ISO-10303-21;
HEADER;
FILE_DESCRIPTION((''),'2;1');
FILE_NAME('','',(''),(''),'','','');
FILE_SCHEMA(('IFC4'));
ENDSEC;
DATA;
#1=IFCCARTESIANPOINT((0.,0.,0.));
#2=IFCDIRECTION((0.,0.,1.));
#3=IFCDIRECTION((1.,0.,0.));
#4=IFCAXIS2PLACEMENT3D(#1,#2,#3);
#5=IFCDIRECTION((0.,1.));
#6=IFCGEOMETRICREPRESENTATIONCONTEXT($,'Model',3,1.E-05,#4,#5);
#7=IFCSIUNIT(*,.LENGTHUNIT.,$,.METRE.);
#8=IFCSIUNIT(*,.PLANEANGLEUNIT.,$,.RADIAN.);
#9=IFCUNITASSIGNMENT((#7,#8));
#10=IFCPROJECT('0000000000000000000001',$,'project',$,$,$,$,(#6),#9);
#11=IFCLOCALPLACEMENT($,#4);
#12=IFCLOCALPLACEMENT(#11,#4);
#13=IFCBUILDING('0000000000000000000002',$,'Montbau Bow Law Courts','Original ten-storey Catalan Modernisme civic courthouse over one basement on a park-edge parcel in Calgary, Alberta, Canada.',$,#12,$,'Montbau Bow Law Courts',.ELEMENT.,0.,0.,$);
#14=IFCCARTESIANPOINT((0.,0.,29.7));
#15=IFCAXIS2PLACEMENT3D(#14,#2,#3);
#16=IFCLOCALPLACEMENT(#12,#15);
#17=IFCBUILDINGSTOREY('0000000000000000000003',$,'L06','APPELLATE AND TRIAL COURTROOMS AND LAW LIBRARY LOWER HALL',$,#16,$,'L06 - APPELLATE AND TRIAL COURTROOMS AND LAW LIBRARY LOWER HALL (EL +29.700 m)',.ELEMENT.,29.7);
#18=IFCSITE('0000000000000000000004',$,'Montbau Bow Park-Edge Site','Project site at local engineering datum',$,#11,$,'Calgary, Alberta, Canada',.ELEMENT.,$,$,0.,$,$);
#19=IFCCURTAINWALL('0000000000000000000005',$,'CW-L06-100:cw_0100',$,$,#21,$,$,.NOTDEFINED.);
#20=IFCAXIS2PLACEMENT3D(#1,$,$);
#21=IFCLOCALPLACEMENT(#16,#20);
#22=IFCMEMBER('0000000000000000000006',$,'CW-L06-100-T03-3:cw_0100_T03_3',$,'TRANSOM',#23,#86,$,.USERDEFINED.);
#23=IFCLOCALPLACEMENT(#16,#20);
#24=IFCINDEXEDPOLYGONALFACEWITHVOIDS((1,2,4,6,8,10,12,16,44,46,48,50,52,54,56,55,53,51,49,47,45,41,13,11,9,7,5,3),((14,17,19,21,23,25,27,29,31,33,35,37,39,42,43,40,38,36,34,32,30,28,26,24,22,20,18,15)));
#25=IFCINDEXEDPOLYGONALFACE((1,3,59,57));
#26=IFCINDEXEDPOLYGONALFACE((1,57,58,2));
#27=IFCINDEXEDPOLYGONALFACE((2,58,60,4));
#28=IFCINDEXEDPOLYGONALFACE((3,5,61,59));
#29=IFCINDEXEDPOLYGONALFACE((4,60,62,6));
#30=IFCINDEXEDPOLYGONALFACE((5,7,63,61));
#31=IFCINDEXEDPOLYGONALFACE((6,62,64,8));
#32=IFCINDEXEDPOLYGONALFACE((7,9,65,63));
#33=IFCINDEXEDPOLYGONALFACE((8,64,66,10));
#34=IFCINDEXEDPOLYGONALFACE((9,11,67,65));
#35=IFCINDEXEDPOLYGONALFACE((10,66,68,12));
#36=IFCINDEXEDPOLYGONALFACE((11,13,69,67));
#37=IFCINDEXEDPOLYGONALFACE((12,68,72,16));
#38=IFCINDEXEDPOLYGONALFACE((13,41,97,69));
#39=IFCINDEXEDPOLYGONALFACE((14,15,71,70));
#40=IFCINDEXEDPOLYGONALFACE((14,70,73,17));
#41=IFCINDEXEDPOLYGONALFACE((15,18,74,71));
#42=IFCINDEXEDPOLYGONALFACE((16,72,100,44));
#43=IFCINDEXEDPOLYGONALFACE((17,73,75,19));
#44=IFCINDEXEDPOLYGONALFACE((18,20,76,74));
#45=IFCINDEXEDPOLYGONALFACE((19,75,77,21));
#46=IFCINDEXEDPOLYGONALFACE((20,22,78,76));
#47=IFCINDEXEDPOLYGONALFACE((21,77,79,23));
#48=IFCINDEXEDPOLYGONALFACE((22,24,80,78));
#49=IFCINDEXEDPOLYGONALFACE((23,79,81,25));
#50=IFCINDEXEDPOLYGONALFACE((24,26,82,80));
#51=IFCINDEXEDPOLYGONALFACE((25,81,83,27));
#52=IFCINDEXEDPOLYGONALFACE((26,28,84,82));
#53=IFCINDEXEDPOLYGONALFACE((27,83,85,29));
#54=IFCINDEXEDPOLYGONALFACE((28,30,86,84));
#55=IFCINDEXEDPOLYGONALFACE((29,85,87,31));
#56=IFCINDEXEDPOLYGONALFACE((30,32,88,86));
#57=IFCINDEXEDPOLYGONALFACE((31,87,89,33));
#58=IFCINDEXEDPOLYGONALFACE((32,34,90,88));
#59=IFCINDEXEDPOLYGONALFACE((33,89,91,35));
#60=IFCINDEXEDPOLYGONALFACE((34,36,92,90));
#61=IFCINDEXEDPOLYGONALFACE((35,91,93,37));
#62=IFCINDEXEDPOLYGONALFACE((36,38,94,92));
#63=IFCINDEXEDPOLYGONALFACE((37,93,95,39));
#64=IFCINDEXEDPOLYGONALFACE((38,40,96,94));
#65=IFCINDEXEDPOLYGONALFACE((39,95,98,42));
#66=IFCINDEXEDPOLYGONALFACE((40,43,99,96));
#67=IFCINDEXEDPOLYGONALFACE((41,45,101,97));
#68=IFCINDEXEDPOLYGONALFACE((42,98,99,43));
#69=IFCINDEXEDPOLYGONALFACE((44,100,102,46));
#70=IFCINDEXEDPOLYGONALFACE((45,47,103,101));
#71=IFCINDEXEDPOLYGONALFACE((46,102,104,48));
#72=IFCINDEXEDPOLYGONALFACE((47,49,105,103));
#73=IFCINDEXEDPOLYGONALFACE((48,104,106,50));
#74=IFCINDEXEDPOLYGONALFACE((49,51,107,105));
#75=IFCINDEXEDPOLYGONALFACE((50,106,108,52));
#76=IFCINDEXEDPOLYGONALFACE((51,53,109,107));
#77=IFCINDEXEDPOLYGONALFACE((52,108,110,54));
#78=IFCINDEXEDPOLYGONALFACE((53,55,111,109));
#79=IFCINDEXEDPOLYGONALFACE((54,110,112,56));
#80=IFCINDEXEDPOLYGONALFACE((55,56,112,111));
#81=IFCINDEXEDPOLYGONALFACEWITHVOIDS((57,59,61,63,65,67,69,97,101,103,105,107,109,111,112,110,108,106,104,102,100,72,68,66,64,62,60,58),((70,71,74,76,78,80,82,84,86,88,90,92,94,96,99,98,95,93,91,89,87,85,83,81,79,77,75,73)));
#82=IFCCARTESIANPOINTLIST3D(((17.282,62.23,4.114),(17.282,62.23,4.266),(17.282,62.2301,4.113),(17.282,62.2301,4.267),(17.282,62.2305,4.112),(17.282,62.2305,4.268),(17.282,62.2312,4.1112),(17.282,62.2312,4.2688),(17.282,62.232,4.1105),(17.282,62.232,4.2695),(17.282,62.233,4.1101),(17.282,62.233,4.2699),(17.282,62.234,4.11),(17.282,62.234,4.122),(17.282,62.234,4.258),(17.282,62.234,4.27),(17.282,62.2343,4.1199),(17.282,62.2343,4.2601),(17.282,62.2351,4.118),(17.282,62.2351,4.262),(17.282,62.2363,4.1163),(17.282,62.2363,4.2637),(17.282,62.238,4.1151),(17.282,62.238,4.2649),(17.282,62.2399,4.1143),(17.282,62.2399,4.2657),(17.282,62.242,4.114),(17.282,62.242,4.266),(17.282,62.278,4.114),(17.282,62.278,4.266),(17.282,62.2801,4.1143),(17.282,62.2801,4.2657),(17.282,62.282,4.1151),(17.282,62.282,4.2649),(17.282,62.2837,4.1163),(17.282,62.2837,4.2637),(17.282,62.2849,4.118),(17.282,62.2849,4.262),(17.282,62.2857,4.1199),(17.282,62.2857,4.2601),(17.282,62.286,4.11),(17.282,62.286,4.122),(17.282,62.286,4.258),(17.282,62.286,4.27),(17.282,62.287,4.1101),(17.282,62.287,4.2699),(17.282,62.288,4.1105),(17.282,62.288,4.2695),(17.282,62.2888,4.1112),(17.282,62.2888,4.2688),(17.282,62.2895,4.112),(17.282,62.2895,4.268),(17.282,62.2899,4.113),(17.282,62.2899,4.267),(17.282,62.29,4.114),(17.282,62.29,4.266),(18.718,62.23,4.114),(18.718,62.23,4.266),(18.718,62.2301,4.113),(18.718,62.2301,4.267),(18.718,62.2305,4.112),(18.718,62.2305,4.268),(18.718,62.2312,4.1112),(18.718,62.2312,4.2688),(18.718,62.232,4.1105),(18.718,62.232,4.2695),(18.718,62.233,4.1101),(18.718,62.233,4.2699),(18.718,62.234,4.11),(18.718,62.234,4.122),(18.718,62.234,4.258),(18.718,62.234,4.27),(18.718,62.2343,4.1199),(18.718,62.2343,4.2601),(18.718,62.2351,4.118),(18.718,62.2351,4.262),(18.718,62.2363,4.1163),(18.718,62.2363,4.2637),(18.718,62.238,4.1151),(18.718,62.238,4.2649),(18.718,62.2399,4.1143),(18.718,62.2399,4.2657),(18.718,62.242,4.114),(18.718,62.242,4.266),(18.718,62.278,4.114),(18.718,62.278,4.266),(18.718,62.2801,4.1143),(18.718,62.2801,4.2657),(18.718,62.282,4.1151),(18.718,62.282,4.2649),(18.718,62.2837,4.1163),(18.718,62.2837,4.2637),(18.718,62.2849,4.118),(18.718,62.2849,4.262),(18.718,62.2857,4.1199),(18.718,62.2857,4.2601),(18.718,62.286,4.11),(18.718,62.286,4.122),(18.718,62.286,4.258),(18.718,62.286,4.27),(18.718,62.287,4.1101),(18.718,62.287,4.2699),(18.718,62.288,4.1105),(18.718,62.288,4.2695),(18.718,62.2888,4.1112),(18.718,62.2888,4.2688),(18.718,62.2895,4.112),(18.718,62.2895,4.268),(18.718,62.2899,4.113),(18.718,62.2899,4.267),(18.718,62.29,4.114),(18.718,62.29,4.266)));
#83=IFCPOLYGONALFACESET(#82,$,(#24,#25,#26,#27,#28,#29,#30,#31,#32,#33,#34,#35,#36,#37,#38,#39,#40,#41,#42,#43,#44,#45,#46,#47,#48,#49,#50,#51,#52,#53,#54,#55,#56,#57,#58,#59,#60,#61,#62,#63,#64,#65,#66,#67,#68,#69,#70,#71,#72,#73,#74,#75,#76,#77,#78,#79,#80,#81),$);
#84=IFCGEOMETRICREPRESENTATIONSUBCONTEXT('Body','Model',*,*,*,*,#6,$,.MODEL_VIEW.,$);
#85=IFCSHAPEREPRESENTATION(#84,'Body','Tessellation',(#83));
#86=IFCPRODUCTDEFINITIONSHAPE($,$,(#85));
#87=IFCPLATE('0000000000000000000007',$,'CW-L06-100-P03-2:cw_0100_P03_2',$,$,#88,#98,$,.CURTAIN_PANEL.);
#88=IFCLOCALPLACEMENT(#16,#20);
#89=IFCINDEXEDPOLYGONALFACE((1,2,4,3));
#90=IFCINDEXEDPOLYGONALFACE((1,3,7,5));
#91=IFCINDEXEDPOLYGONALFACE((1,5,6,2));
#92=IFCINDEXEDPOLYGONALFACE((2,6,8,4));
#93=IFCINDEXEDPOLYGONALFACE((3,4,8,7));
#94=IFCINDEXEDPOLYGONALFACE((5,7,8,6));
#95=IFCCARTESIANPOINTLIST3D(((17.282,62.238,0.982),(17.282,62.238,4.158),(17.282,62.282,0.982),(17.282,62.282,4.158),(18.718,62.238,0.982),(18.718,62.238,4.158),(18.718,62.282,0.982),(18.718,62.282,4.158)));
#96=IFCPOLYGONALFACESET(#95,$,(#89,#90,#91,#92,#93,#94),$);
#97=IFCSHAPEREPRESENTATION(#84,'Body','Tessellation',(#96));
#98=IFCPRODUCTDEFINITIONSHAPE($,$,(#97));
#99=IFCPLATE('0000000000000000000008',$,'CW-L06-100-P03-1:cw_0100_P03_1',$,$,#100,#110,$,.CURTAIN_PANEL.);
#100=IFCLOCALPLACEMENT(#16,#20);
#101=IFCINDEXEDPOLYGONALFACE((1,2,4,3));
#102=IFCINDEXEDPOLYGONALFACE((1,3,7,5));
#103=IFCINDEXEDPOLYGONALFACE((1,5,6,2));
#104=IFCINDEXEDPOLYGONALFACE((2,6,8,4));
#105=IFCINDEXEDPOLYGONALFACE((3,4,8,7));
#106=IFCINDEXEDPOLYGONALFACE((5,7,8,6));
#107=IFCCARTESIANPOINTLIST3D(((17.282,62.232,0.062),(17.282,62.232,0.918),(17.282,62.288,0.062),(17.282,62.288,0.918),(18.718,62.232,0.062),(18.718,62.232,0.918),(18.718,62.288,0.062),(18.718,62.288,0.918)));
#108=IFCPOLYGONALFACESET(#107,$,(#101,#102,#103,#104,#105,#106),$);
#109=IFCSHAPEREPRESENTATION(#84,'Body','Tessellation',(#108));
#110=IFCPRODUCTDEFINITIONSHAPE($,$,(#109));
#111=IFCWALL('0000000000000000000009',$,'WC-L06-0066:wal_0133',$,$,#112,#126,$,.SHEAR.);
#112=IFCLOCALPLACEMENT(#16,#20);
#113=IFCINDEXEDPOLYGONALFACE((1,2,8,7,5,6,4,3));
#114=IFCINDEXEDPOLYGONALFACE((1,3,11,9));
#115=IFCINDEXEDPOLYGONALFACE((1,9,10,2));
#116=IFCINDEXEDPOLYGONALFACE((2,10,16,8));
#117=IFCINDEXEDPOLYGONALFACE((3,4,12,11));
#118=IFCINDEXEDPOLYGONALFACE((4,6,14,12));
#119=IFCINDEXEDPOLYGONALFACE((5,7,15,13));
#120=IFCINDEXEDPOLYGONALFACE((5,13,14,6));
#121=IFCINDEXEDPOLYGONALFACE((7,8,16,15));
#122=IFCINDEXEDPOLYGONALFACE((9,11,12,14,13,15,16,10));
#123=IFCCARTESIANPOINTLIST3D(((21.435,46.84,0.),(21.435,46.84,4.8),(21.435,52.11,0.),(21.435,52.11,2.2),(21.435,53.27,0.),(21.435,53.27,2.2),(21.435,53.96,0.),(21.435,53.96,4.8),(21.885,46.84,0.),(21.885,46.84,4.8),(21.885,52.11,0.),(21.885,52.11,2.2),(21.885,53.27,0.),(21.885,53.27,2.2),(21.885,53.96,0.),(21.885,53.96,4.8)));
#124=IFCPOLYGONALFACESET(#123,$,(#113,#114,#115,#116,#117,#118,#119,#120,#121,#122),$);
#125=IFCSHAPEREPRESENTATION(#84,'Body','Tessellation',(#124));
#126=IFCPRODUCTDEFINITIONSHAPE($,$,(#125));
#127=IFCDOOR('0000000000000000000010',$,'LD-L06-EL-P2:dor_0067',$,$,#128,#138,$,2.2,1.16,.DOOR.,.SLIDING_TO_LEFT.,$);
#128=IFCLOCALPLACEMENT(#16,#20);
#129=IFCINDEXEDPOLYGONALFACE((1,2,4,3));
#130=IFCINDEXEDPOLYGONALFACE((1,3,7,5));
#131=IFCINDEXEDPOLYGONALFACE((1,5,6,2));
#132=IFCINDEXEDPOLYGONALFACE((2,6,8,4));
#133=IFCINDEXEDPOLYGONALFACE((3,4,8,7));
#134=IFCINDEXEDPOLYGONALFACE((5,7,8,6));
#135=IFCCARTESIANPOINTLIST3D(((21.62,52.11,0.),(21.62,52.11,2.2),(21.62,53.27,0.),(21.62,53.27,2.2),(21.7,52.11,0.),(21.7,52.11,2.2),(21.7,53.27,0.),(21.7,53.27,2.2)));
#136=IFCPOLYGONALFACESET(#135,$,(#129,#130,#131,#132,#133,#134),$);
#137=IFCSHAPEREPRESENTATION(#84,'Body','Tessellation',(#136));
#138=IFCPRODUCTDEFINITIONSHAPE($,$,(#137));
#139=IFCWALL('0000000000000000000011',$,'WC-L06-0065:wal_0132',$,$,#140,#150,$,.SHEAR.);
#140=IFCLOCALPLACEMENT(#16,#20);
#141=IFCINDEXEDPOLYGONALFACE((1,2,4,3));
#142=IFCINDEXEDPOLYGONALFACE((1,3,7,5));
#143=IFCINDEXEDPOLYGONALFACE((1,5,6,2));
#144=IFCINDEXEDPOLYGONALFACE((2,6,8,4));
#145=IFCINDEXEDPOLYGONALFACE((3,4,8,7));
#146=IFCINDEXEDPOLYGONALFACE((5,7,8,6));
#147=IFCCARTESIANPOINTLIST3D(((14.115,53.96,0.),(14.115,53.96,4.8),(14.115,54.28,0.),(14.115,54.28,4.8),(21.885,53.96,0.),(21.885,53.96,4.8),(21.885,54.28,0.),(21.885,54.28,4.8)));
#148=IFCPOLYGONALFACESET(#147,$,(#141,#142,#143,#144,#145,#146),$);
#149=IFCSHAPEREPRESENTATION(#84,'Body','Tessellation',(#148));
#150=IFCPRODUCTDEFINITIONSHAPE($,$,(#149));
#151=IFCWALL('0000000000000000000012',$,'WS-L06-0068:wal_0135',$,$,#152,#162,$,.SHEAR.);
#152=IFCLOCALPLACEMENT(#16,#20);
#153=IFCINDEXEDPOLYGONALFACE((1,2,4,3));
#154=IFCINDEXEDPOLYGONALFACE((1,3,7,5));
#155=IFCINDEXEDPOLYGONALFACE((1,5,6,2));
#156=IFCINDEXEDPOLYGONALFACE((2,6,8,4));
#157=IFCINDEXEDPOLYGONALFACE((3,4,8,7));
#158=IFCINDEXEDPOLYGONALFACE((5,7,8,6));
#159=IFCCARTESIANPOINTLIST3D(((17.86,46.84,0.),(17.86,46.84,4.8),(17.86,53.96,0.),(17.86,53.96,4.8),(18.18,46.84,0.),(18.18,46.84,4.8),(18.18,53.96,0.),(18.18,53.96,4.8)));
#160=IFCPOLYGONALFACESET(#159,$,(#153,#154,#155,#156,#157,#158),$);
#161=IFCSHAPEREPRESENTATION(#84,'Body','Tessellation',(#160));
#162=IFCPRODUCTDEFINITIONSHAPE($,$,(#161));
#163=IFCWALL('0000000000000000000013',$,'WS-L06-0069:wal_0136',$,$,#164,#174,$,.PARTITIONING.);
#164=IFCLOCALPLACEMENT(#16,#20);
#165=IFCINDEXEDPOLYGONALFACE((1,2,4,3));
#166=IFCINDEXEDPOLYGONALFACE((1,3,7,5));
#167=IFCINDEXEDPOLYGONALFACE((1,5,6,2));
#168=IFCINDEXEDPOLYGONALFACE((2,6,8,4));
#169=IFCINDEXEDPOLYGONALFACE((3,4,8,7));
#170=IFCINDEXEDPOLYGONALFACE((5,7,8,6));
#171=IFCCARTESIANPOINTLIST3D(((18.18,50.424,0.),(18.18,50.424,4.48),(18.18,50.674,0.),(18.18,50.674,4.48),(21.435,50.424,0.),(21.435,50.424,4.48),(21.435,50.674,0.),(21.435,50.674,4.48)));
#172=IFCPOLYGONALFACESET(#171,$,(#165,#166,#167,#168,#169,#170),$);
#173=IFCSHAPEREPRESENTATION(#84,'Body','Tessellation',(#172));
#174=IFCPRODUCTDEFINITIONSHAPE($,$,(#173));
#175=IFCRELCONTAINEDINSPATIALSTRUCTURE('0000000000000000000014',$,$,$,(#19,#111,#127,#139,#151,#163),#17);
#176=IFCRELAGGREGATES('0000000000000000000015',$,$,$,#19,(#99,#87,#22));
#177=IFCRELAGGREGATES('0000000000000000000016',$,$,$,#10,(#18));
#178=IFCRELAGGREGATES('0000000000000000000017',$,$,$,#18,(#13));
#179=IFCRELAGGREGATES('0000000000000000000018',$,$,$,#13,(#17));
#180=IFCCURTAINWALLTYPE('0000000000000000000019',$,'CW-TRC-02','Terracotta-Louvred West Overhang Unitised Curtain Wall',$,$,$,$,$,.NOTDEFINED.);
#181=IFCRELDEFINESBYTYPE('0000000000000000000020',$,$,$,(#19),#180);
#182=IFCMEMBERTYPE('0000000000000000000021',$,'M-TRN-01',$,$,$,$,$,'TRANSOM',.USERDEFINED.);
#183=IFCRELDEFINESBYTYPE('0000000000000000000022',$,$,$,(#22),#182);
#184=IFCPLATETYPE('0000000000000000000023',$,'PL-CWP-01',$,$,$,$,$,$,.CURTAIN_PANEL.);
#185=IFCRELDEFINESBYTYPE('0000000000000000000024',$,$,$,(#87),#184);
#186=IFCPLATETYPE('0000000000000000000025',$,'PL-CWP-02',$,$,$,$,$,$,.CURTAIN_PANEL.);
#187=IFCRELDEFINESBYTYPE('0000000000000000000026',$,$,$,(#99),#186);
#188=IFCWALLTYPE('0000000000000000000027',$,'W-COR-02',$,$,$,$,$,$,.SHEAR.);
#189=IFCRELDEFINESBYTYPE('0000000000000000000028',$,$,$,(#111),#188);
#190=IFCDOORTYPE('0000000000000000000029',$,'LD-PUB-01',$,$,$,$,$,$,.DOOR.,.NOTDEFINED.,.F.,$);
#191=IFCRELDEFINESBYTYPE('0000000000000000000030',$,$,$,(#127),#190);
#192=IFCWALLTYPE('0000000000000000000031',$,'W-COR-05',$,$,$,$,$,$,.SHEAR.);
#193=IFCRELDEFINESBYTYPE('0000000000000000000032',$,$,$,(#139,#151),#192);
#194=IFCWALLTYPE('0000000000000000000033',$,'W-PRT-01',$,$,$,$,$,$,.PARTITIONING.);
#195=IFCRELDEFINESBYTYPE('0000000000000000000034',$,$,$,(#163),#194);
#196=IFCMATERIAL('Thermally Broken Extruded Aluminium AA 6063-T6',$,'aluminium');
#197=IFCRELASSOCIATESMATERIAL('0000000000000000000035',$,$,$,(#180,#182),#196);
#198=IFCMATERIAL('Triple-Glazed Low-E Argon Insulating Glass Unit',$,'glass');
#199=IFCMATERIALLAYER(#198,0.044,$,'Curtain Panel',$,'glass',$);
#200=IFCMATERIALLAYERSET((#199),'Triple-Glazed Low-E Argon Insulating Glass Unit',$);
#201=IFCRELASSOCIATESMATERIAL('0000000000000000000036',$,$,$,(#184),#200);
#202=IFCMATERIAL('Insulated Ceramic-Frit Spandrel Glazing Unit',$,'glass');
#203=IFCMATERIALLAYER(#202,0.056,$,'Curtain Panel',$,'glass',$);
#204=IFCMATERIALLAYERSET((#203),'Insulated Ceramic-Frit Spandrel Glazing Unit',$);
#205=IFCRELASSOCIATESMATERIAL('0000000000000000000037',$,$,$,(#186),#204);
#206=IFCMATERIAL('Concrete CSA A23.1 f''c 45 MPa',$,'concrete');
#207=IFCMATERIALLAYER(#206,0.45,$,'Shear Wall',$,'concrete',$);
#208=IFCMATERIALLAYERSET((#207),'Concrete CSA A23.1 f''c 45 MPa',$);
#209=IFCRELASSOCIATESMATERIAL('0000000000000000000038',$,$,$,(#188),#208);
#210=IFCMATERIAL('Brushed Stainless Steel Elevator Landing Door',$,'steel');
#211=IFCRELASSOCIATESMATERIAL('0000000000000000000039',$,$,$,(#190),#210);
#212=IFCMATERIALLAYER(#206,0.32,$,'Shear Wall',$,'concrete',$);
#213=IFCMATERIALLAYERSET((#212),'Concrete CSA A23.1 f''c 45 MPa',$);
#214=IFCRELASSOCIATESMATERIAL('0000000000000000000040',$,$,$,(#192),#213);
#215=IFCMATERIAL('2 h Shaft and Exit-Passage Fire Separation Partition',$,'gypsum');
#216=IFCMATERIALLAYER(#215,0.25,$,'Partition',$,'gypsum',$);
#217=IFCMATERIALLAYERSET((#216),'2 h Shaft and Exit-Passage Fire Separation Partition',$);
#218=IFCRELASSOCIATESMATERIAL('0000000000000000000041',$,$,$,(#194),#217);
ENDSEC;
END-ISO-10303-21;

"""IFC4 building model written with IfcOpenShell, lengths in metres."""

from ifc_helpers import new_model, si_unit, direction, frame, frame_2d, origin_with_axes, origin_2d_with_axis, place, context, subcontext, project, spatial, rectangle, hollow_rectangle, extrude, material, layer, layer_set, material_profile, profile_set, type_object, element, fill, aggregate, save


model = new_model("IFC4")

# Units and contexts
model_context = context("Model", 3, precision=1e-05, world=origin_with_axes(), true_north=direction((0.0, 1.0)))
body_context = subcontext(model_context, "Body", "Model", "MODEL_VIEW")
ifc_project = project(units=[si_unit("LENGTHUNIT", "METRE"), si_unit("PLANEANGLEUNIT", "RADIAN")], contexts=[model_context])

# Site, building, storey
site_placement = place(None, origin_with_axes())
site = spatial("IfcSite", under=ifc_project, at=site_placement, Name="Montbau Bow Park-Edge Site", Description="Project site at local engineering datum", LongName="Calgary, Alberta, Canada", CompositionType="ELEMENT", RefElevation=0.0)
building_placement = place(site_placement, origin_with_axes())
building = spatial("IfcBuilding", under=site, at=building_placement, Name="Montbau Bow Law Courts", Description="Original ten-storey Catalan Modernisme civic courthouse over one basement on a park-edge parcel in Calgary, Alberta, Canada.", LongName="Montbau Bow Law Courts", CompositionType="ELEMENT", ElevationOfRefHeight=0.0, ElevationOfTerrain=0.0)
storey_placement = place(building_placement, frame((0.0, 0.0, 29.7), z_axis=(0.0, 0.0, 1.0), x_axis=(1.0, 0.0, 0.0)))
storey = spatial("IfcBuildingStorey", under=building, at=storey_placement, Name="L06", Description="APPELLATE AND TRIAL COURTROOMS AND LAW LIBRARY LOWER HALL", LongName="L06 - APPELLATE AND TRIAL COURTROOMS AND LAW LIBRARY LOWER HALL (EL +29.700 m)", CompositionType="ELEMENT", Elevation=29.7)

# Curtain wall, member, plates
ifc_material_1 = material(Name="Thermally Broken Extruded Aluminium AA 6063-T6", Category="aluminium")
curtain_wall_type = type_object("IfcCurtainWallType", Name="CW-TRC-02", Description="Terracotta-Louvred West Overhang Unitised Curtain Wall", PredefinedType="NOTDEFINED", material=ifc_material_1)
curtain_wall_placement = place(None, frame((14.24, 62.26, 29.7), z_axis=(0.0, 0.0, 1.0), x_axis=(1.0, 0.0, 0.0)))
curtain_wall = element("IfcCurtainWall", 1, at=curtain_wall_placement, inside=storey, type_object=curtain_wall_type, Name="CW-L06-100:cw_0100", PredefinedType="NOTDEFINED")
ifc_material_profile_1 = material_profile(ifc_material_1, hollow_rectangle(XDim=0.06, YDim=0.16, WallThickness=0.004, InnerFilletRadius=0.008, OuterFilletRadius=0.004, at=origin_2d_with_axis()), Name="CWT-160X60", Category="Main", Priority=0)
ifc_profile_set_1 = profile_set([ifc_material_profile_1], Name="Thermally Broken Extruded Aluminium AA 6063-T6")
member_type_1 = type_object("IfcMemberType", Name="M-TRN-01", ElementType="TRANSOM", PredefinedType="USERDEFINED", material=ifc_profile_set_1)
member_1_placement = place(None, frame((17.282, 62.26, 33.89), z_axis=(1.0, 0.0, 0.0), x_axis=(0.0, 1.0, 0.0)))
member_1 = element("IfcMember", 2, at=member_1_placement, type_object=member_type_1, Name="CW-L06-100-T03-3:cw_0100_T03_3", ObjectType="TRANSOM", PredefinedType="USERDEFINED", context=body_context, shape_type="SweptSolid", body=[
    extrude(hollow_rectangle(XDim=0.06, YDim=0.16, WallThickness=0.004, InnerFilletRadius=0.008, OuterFilletRadius=0.004, at=origin_2d_with_axis()), origin_with_axes(), (0.0, 0.0, 1.0), 1.436),
])
ifc_material_2 = material(Name="Triple-Glazed Low-E Argon Insulating Glass Unit", Category="glass")
ifc_layer_1 = layer(ifc_material_2, 0.044, Name="Curtain Panel", Category="glass")
ifc_layer_set_1 = layer_set([ifc_layer_1], Name="Triple-Glazed Low-E Argon Insulating Glass Unit")
plate_type_1 = type_object("IfcPlateType", Name="PL-CWP-01", PredefinedType="CURTAIN_PANEL", material=ifc_layer_set_1)
plate_1_placement = place(None, frame((17.282, 62.26, 30.682), z_axis=(0.0, -1.0, 0.0), x_axis=(1.0, 0.0, 0.0)))
plate_1 = element("IfcPlate", 3, at=plate_1_placement, type_object=plate_type_1, Name="CW-L06-100-P03-2:cw_0100_P03_2", PredefinedType="CURTAIN_PANEL", context=body_context, shape_type="SweptSolid", body=[
    extrude(rectangle(XDim=1.436, YDim=3.176, at=frame_2d((0.718, 1.588), x_axis=(1.0, 0.0))), frame((0.0, 0.0, -0.022), z_axis=(0.0, 0.0, 1.0), x_axis=(1.0, 0.0, 0.0)), (0.0, 0.0, 1.0), 0.044),
])
ifc_material_3 = material(Name="Insulated Ceramic-Frit Spandrel Glazing Unit", Category="glass")
ifc_layer_2 = layer(ifc_material_3, 0.056, Name="Curtain Panel", Category="glass")
ifc_layer_set_2 = layer_set([ifc_layer_2], Name="Insulated Ceramic-Frit Spandrel Glazing Unit")
plate_type_2 = type_object("IfcPlateType", Name="PL-CWP-02", PredefinedType="CURTAIN_PANEL", material=ifc_layer_set_2)
plate_2_placement = place(None, frame((17.282, 62.26, 29.762), z_axis=(0.0, -1.0, 0.0), x_axis=(1.0, 0.0, 0.0)))
plate_2 = element("IfcPlate", 4, at=plate_2_placement, type_object=plate_type_2, Name="CW-L06-100-P03-1:cw_0100_P03_1", PredefinedType="CURTAIN_PANEL", context=body_context, shape_type="SweptSolid", body=[
    extrude(rectangle(XDim=1.436, YDim=0.856, at=frame_2d((0.718, 0.428), x_axis=(1.0, 0.0))), frame((0.0, 0.0, -0.028), z_axis=(0.0, 0.0, 1.0), x_axis=(1.0, 0.0, 0.0)), (0.0, 0.0, 1.0), 0.056),
])
aggregate(curtain_wall, [plate_2, plate_1, member_1])

# Wall, opening, door
ifc_material_4 = material(Name="Concrete CSA A23.1 f'c 45 MPa", Category="concrete")
ifc_layer_3 = layer(ifc_material_4, 0.45, Name="Shear Wall", Category="concrete")
ifc_layer_set_3 = layer_set([ifc_layer_3], Name="Concrete CSA A23.1 f'c 45 MPa")
wall_type_1 = type_object("IfcWallType", Name="W-COR-02", PredefinedType="SHEAR", material=ifc_layer_set_3)
wall_1_placement = place(None, frame((21.66, 46.84, 29.7), z_axis=(0.0, 0.0, 1.0), x_axis=(0.0, 1.0, 0.0)))
wall_1 = element("IfcWall", 5, at=wall_1_placement, inside=storey, type_object=wall_type_1, Name="WC-L06-0066:wal_0133", PredefinedType="SHEAR", context=body_context, shape_type="SweptSolid", body=[
    extrude(rectangle(XDim=7.12, YDim=0.45, at=frame_2d((3.56, 0.0), x_axis=(1.0, 0.0))), origin_with_axes(), (0.0, 0.0, 1.0), 4.8),
])
opening_1_placement = place(None, frame((21.66, 52.69, 29.7), z_axis=(0.0, 0.0, 1.0), x_axis=(0.0, 1.0, 0.0)))
opening_1 = element("IfcOpeningElement", 6, at=opening_1_placement, cuts=wall_1, PredefinedType="OPENING", context=body_context, shape_type="SweptSolid", body=[
    extrude(rectangle(XDim=1.16, YDim=2.2, at=frame_2d((0.0, 1.1), x_axis=(1.0, 0.0))), frame((0.0, 0.235, 0.0), z_axis=(0.0, -1.0, 0.0), x_axis=(1.0, 0.0, 0.0)), (0.0, 0.0, 1.0), 0.47),
])
ifc_material_5 = material(Name="Brushed Stainless Steel Elevator Landing Door", Category="steel")
door_type_1 = type_object("IfcDoorType", Name="LD-PUB-01", OperationType="NOTDEFINED", ParameterTakesPrecedence=False, PredefinedType="DOOR", material=ifc_material_5)
door_1_placement = place(None, frame((21.66, 52.69, 29.7), z_axis=(0.0, 0.0, 1.0), x_axis=(0.0, 1.0, 0.0)))
door_1 = element("IfcDoor", 7, at=door_1_placement, inside=storey, type_object=door_type_1, Name="LD-L06-EL-P2:dor_0067", OperationType="SLIDING_TO_LEFT", OverallHeight=2.2, OverallWidth=1.16, PredefinedType="DOOR", context=body_context, shape_type="SweptSolid", body=[
    extrude(rectangle(XDim=1.16, YDim=2.2, at=frame_2d((0.0, 1.1), x_axis=(1.0, 0.0))), frame((0.0, 0.04, 0.0), z_axis=(0.0, -1.0, 0.0), x_axis=(1.0, 0.0, 0.0)), (0.0, 0.0, 1.0), 0.08),
])
fill(opening_1, door_1)

# Walls
ifc_layer_4 = layer(ifc_material_4, 0.32, Name="Shear Wall", Category="concrete")
ifc_layer_set_4 = layer_set([ifc_layer_4], Name="Concrete CSA A23.1 f'c 45 MPa")
wall_type_2 = type_object("IfcWallType", Name="W-COR-05", PredefinedType="SHEAR", material=ifc_layer_set_4)
wall_2_placement = place(None, frame((21.885, 54.12, 29.7), z_axis=(0.0, 0.0, 1.0), x_axis=(-1.0, 0.0, 0.0)))
element("IfcWall", 8, at=wall_2_placement, inside=storey, type_object=wall_type_2, Name="WC-L06-0065:wal_0132", PredefinedType="SHEAR", context=body_context, shape_type="SweptSolid", body=[
    extrude(rectangle(XDim=7.77, YDim=0.32, at=frame_2d((3.885, 0.0), x_axis=(1.0, 0.0))), origin_with_axes(), (0.0, 0.0, 1.0), 4.8),
])
wall_3_placement = place(None, frame((18.02, 46.84, 29.7), z_axis=(0.0, 0.0, 1.0), x_axis=(0.0, 1.0, 0.0)))
element("IfcWall", 9, at=wall_3_placement, inside=storey, type_object=wall_type_2, Name="WS-L06-0068:wal_0135", PredefinedType="SHEAR", context=body_context, shape_type="SweptSolid", body=[
    extrude(rectangle(XDim=7.12, YDim=0.32, at=frame_2d((3.56, 0.0), x_axis=(1.0, 0.0))), origin_with_axes(), (0.0, 0.0, 1.0), 4.8),
])
ifc_material_6 = material(Name="2 h Shaft and Exit-Passage Fire Separation Partition", Category="gypsum")
ifc_layer_5 = layer(ifc_material_6, 0.25, Name="Partition", Category="gypsum")
ifc_layer_set_5 = layer_set([ifc_layer_5], Name="2 h Shaft and Exit-Passage Fire Separation Partition")
wall_type_3 = type_object("IfcWallType", Name="W-PRT-01", PredefinedType="PARTITIONING", material=ifc_layer_set_5)
wall_4_placement = place(None, frame((18.18, 50.549, 29.7), z_axis=(0.0, 0.0, 1.0), x_axis=(1.0, 0.0, 0.0)))
element("IfcWall", 10, at=wall_4_placement, inside=storey, type_object=wall_type_3, Name="WS-L06-0069:wal_0136", PredefinedType="PARTITIONING", context=body_context, shape_type="SweptSolid", body=[
    extrude(rectangle(XDim=3.255, YDim=0.25, at=frame_2d((1.6275, 0.0), x_axis=(1.0, 0.0))), origin_with_axes(), (0.0, 0.0, 1.0), 4.48),
])

save(model, "model.ifc")
